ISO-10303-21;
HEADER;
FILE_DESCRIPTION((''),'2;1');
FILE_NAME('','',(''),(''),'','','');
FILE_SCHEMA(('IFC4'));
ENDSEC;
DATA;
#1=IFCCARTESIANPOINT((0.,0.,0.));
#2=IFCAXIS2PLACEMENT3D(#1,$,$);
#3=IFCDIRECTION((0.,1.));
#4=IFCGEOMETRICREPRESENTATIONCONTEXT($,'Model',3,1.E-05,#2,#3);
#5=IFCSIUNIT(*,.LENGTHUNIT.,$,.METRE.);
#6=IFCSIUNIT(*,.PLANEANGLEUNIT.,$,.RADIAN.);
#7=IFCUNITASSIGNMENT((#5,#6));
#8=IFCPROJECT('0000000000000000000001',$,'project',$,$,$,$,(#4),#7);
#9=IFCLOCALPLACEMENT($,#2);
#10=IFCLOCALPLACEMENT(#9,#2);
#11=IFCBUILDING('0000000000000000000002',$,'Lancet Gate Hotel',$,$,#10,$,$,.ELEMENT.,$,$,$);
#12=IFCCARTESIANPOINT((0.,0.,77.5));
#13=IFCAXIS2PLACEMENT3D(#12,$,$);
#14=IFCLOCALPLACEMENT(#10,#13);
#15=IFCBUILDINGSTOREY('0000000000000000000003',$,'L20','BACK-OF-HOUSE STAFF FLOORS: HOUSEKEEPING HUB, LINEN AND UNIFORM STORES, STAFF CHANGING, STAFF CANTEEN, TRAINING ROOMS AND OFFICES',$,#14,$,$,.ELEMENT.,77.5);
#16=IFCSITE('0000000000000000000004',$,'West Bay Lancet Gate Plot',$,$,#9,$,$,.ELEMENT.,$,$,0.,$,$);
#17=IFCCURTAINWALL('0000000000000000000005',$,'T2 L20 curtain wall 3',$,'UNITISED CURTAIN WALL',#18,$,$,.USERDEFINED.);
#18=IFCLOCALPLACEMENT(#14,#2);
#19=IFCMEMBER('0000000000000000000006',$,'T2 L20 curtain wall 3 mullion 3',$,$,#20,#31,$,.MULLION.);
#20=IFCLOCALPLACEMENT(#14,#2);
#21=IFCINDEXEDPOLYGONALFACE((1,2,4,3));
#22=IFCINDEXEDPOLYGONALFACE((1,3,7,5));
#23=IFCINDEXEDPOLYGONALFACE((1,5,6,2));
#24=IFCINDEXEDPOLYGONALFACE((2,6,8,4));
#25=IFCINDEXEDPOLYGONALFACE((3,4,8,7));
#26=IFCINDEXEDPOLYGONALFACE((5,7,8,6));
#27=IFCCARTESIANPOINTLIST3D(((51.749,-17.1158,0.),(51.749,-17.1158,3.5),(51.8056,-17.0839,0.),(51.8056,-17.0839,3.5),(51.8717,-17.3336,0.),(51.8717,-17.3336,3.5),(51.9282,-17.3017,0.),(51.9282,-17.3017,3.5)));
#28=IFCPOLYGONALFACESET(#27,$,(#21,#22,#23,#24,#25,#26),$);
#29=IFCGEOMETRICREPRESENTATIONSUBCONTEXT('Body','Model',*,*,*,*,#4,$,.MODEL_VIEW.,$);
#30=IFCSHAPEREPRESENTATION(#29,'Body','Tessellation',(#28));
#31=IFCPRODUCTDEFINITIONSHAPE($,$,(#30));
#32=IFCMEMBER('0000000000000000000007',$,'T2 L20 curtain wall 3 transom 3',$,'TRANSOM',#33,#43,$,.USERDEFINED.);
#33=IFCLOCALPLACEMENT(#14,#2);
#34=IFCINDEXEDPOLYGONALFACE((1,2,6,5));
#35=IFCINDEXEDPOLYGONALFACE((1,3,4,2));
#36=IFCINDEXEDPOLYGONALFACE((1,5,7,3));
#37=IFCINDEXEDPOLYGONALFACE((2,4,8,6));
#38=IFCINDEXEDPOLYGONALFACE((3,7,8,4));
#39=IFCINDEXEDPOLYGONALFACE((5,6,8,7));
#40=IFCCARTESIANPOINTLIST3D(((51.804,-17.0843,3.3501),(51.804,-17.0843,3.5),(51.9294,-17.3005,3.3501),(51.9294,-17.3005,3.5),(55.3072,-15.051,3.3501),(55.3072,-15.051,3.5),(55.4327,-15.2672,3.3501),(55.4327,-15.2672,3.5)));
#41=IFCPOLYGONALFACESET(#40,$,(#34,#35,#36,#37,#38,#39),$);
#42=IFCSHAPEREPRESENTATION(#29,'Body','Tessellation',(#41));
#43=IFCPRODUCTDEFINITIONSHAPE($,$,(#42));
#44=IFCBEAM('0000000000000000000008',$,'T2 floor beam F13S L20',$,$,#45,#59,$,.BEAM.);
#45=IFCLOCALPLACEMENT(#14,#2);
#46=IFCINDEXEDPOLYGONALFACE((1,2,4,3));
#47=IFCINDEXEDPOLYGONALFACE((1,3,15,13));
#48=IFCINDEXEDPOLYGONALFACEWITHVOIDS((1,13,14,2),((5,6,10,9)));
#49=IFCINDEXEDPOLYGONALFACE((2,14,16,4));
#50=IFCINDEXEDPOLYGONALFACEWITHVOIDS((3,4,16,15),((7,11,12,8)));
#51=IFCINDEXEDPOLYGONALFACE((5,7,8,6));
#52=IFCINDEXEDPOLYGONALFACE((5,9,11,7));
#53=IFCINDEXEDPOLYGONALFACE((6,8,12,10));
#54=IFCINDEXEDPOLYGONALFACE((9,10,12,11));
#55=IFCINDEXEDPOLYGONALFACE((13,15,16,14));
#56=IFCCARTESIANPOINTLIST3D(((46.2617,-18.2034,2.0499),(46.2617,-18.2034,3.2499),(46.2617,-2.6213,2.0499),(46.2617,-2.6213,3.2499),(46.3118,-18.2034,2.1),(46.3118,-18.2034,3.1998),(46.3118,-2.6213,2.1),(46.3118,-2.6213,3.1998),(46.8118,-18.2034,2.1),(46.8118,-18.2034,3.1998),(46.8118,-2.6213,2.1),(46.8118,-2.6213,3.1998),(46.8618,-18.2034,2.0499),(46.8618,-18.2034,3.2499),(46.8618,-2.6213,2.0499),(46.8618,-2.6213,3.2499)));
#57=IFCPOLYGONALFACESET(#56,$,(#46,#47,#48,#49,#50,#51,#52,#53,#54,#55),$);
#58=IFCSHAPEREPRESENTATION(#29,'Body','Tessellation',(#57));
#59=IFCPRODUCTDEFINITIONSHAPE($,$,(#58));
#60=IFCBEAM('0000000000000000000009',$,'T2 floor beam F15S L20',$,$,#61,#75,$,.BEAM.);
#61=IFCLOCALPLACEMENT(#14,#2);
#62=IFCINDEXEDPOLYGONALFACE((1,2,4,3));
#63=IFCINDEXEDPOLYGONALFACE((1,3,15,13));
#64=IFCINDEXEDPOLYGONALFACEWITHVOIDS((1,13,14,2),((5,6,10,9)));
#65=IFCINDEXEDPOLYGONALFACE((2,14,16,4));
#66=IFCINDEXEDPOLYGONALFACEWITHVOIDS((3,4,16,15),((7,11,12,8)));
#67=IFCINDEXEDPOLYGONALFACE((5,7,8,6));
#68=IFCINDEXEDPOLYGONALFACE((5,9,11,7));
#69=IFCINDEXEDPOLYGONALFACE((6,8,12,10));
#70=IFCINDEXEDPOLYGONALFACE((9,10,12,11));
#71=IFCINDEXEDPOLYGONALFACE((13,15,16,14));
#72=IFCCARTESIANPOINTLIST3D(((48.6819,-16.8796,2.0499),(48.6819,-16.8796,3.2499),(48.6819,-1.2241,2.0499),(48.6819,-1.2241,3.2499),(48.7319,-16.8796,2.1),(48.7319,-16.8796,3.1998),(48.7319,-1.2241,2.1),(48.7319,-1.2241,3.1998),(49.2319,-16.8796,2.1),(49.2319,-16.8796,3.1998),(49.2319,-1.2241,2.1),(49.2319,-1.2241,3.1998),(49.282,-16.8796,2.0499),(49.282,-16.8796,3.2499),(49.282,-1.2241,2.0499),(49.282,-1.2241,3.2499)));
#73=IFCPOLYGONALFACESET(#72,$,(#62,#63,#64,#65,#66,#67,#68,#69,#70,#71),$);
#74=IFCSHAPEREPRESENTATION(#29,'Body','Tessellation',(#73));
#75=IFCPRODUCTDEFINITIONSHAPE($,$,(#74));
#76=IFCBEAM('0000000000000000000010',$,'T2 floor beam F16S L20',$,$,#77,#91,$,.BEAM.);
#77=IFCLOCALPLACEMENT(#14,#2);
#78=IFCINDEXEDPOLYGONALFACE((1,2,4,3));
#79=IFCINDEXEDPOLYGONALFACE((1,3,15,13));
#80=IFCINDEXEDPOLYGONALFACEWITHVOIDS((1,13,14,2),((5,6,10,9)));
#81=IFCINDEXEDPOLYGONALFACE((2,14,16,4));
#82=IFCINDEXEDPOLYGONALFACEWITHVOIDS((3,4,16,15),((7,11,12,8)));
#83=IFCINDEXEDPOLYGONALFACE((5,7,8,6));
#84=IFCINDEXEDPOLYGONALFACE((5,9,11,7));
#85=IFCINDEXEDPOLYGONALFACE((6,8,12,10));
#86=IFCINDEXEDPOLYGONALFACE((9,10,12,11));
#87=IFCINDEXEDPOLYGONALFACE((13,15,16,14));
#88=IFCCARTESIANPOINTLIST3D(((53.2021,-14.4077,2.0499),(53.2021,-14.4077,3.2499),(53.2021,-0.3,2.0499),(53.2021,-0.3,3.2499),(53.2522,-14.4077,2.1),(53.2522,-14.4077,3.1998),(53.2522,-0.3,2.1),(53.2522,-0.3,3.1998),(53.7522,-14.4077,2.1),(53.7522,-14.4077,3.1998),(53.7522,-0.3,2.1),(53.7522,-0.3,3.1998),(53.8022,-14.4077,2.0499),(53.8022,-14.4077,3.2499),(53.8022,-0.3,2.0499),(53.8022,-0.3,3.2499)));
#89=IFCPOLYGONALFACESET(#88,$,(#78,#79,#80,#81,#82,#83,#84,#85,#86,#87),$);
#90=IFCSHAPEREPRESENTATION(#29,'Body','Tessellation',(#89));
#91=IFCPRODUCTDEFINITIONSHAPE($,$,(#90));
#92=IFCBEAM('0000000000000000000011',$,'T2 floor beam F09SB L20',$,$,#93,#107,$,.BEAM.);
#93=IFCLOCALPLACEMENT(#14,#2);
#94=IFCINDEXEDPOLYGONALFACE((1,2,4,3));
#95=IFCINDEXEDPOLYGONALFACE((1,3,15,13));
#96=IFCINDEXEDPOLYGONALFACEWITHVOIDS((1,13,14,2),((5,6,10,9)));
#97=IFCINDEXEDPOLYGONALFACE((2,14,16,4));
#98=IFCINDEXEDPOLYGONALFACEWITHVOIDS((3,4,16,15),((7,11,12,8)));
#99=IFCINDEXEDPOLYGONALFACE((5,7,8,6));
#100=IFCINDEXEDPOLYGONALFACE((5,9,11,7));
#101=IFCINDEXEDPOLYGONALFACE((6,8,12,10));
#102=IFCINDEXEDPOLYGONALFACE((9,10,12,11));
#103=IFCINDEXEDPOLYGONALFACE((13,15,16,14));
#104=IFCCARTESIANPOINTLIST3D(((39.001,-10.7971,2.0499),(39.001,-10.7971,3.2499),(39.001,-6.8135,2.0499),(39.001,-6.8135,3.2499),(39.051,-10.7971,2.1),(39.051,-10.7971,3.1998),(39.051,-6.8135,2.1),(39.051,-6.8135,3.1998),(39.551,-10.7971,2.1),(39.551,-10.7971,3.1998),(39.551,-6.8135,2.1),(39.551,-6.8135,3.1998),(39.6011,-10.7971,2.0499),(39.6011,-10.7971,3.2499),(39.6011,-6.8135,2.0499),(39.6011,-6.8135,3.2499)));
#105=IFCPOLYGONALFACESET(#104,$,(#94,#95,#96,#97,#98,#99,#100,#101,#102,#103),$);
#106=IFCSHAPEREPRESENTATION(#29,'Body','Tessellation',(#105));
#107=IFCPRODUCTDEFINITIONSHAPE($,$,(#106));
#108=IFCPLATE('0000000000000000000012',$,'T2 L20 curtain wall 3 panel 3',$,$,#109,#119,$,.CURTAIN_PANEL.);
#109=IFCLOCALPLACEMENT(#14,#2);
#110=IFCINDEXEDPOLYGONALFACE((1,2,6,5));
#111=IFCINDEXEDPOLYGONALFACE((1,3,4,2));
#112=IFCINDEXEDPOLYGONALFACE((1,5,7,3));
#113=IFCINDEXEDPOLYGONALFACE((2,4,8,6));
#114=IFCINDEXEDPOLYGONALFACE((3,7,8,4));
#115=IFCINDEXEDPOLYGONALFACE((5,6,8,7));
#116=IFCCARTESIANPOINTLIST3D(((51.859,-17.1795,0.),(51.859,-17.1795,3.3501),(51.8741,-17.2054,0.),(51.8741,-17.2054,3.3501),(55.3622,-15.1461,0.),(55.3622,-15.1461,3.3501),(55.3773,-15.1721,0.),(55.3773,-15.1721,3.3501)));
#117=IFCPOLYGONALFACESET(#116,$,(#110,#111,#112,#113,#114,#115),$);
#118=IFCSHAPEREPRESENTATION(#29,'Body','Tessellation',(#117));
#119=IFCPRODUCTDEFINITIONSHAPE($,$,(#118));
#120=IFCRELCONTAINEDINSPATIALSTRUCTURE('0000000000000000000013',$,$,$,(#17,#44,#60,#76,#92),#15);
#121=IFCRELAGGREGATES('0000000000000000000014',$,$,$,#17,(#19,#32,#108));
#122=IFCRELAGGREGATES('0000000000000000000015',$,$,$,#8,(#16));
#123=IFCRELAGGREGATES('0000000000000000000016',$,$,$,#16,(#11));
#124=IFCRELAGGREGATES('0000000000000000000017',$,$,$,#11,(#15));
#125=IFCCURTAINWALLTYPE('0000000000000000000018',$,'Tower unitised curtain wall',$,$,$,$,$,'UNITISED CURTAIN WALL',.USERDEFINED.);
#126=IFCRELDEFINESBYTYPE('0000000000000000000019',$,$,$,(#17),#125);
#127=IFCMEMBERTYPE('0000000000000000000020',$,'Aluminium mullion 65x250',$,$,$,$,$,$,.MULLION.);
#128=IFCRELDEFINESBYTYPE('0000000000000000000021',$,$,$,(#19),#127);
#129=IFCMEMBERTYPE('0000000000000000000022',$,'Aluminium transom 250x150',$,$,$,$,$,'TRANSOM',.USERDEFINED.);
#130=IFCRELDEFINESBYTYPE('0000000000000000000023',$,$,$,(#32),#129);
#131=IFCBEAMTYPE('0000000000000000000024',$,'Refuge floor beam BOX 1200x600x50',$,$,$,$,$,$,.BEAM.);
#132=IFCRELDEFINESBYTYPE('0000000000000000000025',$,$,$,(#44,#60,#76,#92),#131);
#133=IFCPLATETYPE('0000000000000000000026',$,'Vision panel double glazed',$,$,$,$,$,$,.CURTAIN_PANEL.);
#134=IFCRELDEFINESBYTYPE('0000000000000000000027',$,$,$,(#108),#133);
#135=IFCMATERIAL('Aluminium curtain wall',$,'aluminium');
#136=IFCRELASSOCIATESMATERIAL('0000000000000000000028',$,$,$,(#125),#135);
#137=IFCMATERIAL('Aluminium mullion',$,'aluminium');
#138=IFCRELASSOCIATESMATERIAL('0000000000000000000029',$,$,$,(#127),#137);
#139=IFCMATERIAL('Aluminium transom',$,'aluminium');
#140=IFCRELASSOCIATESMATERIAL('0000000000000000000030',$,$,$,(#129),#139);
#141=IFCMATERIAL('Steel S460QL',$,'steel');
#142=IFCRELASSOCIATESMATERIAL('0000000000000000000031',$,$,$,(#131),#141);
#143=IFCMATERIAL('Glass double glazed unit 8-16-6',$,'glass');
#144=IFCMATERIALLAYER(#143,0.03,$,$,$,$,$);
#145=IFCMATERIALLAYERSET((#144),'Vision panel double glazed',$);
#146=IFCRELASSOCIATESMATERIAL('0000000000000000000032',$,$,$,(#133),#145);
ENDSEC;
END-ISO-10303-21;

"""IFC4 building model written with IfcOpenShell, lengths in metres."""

from ifc_helpers import new_model, si_unit, direction, frame, origin, origin_2d, place, context, subcontext, project, spatial, rectangle, hollow_rectangle, extrude, material, layer, layer_set, material_profile, profile_set, type_object, element, aggregate, save


model = new_model("IFC4")

# Units and contexts
model_context = context("Model", 3, precision=1e-05, world=origin(), true_north=direction((0.0, 1.0)))
body_context = subcontext(model_context, "Body", "Model", "MODEL_VIEW")
ifc_project = project(units=[si_unit("LENGTHUNIT", "METRE"), si_unit("PLANEANGLEUNIT", "RADIAN")], contexts=[model_context])

# Site, building, storey
site_placement = place(None, origin())
site = spatial("IfcSite", under=ifc_project, at=site_placement, Name="West Bay Lancet Gate Plot", CompositionType="ELEMENT", RefElevation=0.0)
building_placement = place(site_placement, origin())
building = spatial("IfcBuilding", under=site, at=building_placement, Name="Lancet Gate Hotel", CompositionType="ELEMENT")
storey_placement = place(building_placement, frame((0.0, 0.0, 77.5)))
storey = spatial("IfcBuildingStorey", under=building, at=storey_placement, Name="L20", Description="BACK-OF-HOUSE STAFF FLOORS: HOUSEKEEPING HUB, LINEN AND UNIFORM STORES, STAFF CHANGING, STAFF CANTEEN, TRAINING ROOMS AND OFFICES", CompositionType="ELEMENT", Elevation=77.5)

# Curtain wall, members
ifc_material_1 = material(Name="Aluminium curtain wall", Category="aluminium")
curtain_wall_type = type_object("IfcCurtainWallType", Name="Tower unitised curtain wall", ElementType="UNITISED CURTAIN WALL", PredefinedType="USERDEFINED", material=ifc_material_1)
curtain_wall_placement = place(storey_placement, origin())
curtain_wall = element("IfcCurtainWall", 1, at=curtain_wall_placement, inside=storey, type_object=curtain_wall_type, Name="T2 L20 curtain wall 3", ObjectType="UNITISED CURTAIN WALL", PredefinedType="USERDEFINED")
ifc_material_2 = material(Name="Aluminium mullion", Category="aluminium")
ifc_material_profile_1 = material_profile(ifc_material_2, rectangle(XDim=0.0649, YDim=0.25, at=origin_2d()), Name="MULLION 65x250")
ifc_profile_set_1 = profile_set([ifc_material_profile_1], Name="Aluminium mullion")
member_type_1 = type_object("IfcMemberType", Name="Aluminium mullion 65x250", PredefinedType="MULLION", material=ifc_profile_set_1)
member_1_placement = place(storey_placement, frame((51.8386, -17.2087, 0.0), z_axis=(0.0, 0.0, 1.0), x_axis=(0.871355, 0.490654, 0.0)))
member_1 = element("IfcMember", 2, at=member_1_placement, type_object=member_type_1, Name="T2 L20 curtain wall 3 mullion 3", PredefinedType="MULLION", context=body_context, shape_type="SweptSolid", body=[
    extrude(rectangle(XDim=0.0649, YDim=0.25, at=origin_2d()), origin(), (0.0, 0.0, 1.0), 3.5),
])
ifc_material_3 = material(Name="Aluminium transom", Category="aluminium")
ifc_material_profile_2 = material_profile(ifc_material_3, rectangle(XDim=0.25, YDim=0.1499, at=origin_2d()), Name="TRANSOM 250x150")
ifc_profile_set_2 = profile_set([ifc_material_profile_2], Name="Aluminium transom")
member_type_2 = type_object("IfcMemberType", Name="Aluminium transom 250x150", ElementType="TRANSOM", PredefinedType="USERDEFINED", material=ifc_profile_set_2)
member_2_placement = place(storey_placement, frame((51.8667, -17.1924, 3.425), z_axis=(0.864885, 0.50197, 0.0), x_axis=(-0.50197, 0.864885, 0.0)))
member_2 = element("IfcMember", 3, at=member_2_placement, type_object=member_type_2, Name="T2 L20 curtain wall 3 transom 3", ObjectType="TRANSOM", PredefinedType="USERDEFINED", context=body_context, shape_type="SweptSolid", body=[
    extrude(rectangle(XDim=0.25, YDim=0.1499, at=origin_2d()), origin(), (0.0, 0.0, 1.0), 4.0505),
])

# Beams
ifc_material_4 = material(Name="Steel S460QL", Category="steel")
ifc_material_profile_3 = material_profile(ifc_material_4, hollow_rectangle(XDim=0.6001, YDim=1.2, WallThickness=0.05, at=origin_2d()), Name="BOX 1200x600x50")
ifc_profile_set_3 = profile_set([ifc_material_profile_3], Name="Steel S460QL")
beam_type = type_object("IfcBeamType", Name="Refuge floor beam BOX 1200x600x50", PredefinedType="BEAM", material=ifc_profile_set_3)
beam_1_placement = place(storey_placement, frame((46.5618, -18.2034, 2.6499), z_axis=(0.0, 1.0, 0.0), x_axis=(-1.0, 0.0, 0.0)))
element("IfcBeam", 4, at=beam_1_placement, inside=storey, type_object=beam_type, Name="T2 floor beam F13S L20", PredefinedType="BEAM", context=body_context, shape_type="SweptSolid", body=[
    extrude(hollow_rectangle(XDim=0.6001, YDim=1.2, WallThickness=0.05, at=origin_2d()), origin(), (0.0, 0.0, 1.0), 15.582),
])
beam_2_placement = place(storey_placement, frame((48.9819, -16.8796, 2.6499), z_axis=(0.0, 1.0, 0.0), x_axis=(-1.0, 0.0, 0.0)))
element("IfcBeam", 5, at=beam_2_placement, inside=storey, type_object=beam_type, Name="T2 floor beam F15S L20", PredefinedType="BEAM", context=body_context, shape_type="SweptSolid", body=[
    extrude(hollow_rectangle(XDim=0.6001, YDim=1.2, WallThickness=0.05, at=origin_2d()), origin(), (0.0, 0.0, 1.0), 15.6555),
])
beam_3_placement = place(storey_placement, frame((53.5022, -14.4077, 2.6499), z_axis=(0.0, 1.0, 0.0), x_axis=(-1.0, 0.0, 0.0)))
element("IfcBeam", 6, at=beam_3_placement, inside=storey, type_object=beam_type, Name="T2 floor beam F16S L20", PredefinedType="BEAM", context=body_context, shape_type="SweptSolid", body=[
    extrude(hollow_rectangle(XDim=0.6001, YDim=1.2, WallThickness=0.05, at=origin_2d()), origin(), (0.0, 0.0, 1.0), 14.1077),
])
beam_4_placement = place(storey_placement, frame((39.301, -10.7971, 2.6499), z_axis=(0.0, 1.0, 0.0), x_axis=(-1.0, 0.0, 0.0)))
element("IfcBeam", 7, at=beam_4_placement, inside=storey, type_object=beam_type, Name="T2 floor beam F09SB L20", PredefinedType="BEAM", context=body_context, shape_type="SweptSolid", body=[
    extrude(hollow_rectangle(XDim=0.6001, YDim=1.2, WallThickness=0.05, at=origin_2d()), origin(), (0.0, 0.0, 1.0), 3.9836),
])

# Plate
ifc_material_5 = material(Name="Glass double glazed unit 8-16-6", Category="glass")
ifc_layer_1 = layer(ifc_material_5, 0.03)
ifc_layer_set_1 = layer_set([ifc_layer_1], Name="Vision panel double glazed")
plate_type = type_object("IfcPlateType", Name="Vision panel double glazed", PredefinedType="CURTAIN_PANEL", material=ifc_layer_set_1)
plate_placement = place(storey_placement, frame((53.6182, -16.1758, 0.0), z_axis=(0.0, 0.0, 1.0), x_axis=(0.864872, 0.501993, 0.0)))
plate = element("IfcPlate", 8, at=plate_placement, type_object=plate_type, Name="T2 L20 curtain wall 3 panel 3", PredefinedType="CURTAIN_PANEL", context=body_context, shape_type="SweptSolid", body=[
    extrude(rectangle(XDim=4.0505, YDim=0.03, at=origin_2d()), origin(), (0.0, 0.0, 1.0), 3.3501),
])
aggregate(curtain_wall, [member_1, member_2, plate])

save(model, "model.ifc")
